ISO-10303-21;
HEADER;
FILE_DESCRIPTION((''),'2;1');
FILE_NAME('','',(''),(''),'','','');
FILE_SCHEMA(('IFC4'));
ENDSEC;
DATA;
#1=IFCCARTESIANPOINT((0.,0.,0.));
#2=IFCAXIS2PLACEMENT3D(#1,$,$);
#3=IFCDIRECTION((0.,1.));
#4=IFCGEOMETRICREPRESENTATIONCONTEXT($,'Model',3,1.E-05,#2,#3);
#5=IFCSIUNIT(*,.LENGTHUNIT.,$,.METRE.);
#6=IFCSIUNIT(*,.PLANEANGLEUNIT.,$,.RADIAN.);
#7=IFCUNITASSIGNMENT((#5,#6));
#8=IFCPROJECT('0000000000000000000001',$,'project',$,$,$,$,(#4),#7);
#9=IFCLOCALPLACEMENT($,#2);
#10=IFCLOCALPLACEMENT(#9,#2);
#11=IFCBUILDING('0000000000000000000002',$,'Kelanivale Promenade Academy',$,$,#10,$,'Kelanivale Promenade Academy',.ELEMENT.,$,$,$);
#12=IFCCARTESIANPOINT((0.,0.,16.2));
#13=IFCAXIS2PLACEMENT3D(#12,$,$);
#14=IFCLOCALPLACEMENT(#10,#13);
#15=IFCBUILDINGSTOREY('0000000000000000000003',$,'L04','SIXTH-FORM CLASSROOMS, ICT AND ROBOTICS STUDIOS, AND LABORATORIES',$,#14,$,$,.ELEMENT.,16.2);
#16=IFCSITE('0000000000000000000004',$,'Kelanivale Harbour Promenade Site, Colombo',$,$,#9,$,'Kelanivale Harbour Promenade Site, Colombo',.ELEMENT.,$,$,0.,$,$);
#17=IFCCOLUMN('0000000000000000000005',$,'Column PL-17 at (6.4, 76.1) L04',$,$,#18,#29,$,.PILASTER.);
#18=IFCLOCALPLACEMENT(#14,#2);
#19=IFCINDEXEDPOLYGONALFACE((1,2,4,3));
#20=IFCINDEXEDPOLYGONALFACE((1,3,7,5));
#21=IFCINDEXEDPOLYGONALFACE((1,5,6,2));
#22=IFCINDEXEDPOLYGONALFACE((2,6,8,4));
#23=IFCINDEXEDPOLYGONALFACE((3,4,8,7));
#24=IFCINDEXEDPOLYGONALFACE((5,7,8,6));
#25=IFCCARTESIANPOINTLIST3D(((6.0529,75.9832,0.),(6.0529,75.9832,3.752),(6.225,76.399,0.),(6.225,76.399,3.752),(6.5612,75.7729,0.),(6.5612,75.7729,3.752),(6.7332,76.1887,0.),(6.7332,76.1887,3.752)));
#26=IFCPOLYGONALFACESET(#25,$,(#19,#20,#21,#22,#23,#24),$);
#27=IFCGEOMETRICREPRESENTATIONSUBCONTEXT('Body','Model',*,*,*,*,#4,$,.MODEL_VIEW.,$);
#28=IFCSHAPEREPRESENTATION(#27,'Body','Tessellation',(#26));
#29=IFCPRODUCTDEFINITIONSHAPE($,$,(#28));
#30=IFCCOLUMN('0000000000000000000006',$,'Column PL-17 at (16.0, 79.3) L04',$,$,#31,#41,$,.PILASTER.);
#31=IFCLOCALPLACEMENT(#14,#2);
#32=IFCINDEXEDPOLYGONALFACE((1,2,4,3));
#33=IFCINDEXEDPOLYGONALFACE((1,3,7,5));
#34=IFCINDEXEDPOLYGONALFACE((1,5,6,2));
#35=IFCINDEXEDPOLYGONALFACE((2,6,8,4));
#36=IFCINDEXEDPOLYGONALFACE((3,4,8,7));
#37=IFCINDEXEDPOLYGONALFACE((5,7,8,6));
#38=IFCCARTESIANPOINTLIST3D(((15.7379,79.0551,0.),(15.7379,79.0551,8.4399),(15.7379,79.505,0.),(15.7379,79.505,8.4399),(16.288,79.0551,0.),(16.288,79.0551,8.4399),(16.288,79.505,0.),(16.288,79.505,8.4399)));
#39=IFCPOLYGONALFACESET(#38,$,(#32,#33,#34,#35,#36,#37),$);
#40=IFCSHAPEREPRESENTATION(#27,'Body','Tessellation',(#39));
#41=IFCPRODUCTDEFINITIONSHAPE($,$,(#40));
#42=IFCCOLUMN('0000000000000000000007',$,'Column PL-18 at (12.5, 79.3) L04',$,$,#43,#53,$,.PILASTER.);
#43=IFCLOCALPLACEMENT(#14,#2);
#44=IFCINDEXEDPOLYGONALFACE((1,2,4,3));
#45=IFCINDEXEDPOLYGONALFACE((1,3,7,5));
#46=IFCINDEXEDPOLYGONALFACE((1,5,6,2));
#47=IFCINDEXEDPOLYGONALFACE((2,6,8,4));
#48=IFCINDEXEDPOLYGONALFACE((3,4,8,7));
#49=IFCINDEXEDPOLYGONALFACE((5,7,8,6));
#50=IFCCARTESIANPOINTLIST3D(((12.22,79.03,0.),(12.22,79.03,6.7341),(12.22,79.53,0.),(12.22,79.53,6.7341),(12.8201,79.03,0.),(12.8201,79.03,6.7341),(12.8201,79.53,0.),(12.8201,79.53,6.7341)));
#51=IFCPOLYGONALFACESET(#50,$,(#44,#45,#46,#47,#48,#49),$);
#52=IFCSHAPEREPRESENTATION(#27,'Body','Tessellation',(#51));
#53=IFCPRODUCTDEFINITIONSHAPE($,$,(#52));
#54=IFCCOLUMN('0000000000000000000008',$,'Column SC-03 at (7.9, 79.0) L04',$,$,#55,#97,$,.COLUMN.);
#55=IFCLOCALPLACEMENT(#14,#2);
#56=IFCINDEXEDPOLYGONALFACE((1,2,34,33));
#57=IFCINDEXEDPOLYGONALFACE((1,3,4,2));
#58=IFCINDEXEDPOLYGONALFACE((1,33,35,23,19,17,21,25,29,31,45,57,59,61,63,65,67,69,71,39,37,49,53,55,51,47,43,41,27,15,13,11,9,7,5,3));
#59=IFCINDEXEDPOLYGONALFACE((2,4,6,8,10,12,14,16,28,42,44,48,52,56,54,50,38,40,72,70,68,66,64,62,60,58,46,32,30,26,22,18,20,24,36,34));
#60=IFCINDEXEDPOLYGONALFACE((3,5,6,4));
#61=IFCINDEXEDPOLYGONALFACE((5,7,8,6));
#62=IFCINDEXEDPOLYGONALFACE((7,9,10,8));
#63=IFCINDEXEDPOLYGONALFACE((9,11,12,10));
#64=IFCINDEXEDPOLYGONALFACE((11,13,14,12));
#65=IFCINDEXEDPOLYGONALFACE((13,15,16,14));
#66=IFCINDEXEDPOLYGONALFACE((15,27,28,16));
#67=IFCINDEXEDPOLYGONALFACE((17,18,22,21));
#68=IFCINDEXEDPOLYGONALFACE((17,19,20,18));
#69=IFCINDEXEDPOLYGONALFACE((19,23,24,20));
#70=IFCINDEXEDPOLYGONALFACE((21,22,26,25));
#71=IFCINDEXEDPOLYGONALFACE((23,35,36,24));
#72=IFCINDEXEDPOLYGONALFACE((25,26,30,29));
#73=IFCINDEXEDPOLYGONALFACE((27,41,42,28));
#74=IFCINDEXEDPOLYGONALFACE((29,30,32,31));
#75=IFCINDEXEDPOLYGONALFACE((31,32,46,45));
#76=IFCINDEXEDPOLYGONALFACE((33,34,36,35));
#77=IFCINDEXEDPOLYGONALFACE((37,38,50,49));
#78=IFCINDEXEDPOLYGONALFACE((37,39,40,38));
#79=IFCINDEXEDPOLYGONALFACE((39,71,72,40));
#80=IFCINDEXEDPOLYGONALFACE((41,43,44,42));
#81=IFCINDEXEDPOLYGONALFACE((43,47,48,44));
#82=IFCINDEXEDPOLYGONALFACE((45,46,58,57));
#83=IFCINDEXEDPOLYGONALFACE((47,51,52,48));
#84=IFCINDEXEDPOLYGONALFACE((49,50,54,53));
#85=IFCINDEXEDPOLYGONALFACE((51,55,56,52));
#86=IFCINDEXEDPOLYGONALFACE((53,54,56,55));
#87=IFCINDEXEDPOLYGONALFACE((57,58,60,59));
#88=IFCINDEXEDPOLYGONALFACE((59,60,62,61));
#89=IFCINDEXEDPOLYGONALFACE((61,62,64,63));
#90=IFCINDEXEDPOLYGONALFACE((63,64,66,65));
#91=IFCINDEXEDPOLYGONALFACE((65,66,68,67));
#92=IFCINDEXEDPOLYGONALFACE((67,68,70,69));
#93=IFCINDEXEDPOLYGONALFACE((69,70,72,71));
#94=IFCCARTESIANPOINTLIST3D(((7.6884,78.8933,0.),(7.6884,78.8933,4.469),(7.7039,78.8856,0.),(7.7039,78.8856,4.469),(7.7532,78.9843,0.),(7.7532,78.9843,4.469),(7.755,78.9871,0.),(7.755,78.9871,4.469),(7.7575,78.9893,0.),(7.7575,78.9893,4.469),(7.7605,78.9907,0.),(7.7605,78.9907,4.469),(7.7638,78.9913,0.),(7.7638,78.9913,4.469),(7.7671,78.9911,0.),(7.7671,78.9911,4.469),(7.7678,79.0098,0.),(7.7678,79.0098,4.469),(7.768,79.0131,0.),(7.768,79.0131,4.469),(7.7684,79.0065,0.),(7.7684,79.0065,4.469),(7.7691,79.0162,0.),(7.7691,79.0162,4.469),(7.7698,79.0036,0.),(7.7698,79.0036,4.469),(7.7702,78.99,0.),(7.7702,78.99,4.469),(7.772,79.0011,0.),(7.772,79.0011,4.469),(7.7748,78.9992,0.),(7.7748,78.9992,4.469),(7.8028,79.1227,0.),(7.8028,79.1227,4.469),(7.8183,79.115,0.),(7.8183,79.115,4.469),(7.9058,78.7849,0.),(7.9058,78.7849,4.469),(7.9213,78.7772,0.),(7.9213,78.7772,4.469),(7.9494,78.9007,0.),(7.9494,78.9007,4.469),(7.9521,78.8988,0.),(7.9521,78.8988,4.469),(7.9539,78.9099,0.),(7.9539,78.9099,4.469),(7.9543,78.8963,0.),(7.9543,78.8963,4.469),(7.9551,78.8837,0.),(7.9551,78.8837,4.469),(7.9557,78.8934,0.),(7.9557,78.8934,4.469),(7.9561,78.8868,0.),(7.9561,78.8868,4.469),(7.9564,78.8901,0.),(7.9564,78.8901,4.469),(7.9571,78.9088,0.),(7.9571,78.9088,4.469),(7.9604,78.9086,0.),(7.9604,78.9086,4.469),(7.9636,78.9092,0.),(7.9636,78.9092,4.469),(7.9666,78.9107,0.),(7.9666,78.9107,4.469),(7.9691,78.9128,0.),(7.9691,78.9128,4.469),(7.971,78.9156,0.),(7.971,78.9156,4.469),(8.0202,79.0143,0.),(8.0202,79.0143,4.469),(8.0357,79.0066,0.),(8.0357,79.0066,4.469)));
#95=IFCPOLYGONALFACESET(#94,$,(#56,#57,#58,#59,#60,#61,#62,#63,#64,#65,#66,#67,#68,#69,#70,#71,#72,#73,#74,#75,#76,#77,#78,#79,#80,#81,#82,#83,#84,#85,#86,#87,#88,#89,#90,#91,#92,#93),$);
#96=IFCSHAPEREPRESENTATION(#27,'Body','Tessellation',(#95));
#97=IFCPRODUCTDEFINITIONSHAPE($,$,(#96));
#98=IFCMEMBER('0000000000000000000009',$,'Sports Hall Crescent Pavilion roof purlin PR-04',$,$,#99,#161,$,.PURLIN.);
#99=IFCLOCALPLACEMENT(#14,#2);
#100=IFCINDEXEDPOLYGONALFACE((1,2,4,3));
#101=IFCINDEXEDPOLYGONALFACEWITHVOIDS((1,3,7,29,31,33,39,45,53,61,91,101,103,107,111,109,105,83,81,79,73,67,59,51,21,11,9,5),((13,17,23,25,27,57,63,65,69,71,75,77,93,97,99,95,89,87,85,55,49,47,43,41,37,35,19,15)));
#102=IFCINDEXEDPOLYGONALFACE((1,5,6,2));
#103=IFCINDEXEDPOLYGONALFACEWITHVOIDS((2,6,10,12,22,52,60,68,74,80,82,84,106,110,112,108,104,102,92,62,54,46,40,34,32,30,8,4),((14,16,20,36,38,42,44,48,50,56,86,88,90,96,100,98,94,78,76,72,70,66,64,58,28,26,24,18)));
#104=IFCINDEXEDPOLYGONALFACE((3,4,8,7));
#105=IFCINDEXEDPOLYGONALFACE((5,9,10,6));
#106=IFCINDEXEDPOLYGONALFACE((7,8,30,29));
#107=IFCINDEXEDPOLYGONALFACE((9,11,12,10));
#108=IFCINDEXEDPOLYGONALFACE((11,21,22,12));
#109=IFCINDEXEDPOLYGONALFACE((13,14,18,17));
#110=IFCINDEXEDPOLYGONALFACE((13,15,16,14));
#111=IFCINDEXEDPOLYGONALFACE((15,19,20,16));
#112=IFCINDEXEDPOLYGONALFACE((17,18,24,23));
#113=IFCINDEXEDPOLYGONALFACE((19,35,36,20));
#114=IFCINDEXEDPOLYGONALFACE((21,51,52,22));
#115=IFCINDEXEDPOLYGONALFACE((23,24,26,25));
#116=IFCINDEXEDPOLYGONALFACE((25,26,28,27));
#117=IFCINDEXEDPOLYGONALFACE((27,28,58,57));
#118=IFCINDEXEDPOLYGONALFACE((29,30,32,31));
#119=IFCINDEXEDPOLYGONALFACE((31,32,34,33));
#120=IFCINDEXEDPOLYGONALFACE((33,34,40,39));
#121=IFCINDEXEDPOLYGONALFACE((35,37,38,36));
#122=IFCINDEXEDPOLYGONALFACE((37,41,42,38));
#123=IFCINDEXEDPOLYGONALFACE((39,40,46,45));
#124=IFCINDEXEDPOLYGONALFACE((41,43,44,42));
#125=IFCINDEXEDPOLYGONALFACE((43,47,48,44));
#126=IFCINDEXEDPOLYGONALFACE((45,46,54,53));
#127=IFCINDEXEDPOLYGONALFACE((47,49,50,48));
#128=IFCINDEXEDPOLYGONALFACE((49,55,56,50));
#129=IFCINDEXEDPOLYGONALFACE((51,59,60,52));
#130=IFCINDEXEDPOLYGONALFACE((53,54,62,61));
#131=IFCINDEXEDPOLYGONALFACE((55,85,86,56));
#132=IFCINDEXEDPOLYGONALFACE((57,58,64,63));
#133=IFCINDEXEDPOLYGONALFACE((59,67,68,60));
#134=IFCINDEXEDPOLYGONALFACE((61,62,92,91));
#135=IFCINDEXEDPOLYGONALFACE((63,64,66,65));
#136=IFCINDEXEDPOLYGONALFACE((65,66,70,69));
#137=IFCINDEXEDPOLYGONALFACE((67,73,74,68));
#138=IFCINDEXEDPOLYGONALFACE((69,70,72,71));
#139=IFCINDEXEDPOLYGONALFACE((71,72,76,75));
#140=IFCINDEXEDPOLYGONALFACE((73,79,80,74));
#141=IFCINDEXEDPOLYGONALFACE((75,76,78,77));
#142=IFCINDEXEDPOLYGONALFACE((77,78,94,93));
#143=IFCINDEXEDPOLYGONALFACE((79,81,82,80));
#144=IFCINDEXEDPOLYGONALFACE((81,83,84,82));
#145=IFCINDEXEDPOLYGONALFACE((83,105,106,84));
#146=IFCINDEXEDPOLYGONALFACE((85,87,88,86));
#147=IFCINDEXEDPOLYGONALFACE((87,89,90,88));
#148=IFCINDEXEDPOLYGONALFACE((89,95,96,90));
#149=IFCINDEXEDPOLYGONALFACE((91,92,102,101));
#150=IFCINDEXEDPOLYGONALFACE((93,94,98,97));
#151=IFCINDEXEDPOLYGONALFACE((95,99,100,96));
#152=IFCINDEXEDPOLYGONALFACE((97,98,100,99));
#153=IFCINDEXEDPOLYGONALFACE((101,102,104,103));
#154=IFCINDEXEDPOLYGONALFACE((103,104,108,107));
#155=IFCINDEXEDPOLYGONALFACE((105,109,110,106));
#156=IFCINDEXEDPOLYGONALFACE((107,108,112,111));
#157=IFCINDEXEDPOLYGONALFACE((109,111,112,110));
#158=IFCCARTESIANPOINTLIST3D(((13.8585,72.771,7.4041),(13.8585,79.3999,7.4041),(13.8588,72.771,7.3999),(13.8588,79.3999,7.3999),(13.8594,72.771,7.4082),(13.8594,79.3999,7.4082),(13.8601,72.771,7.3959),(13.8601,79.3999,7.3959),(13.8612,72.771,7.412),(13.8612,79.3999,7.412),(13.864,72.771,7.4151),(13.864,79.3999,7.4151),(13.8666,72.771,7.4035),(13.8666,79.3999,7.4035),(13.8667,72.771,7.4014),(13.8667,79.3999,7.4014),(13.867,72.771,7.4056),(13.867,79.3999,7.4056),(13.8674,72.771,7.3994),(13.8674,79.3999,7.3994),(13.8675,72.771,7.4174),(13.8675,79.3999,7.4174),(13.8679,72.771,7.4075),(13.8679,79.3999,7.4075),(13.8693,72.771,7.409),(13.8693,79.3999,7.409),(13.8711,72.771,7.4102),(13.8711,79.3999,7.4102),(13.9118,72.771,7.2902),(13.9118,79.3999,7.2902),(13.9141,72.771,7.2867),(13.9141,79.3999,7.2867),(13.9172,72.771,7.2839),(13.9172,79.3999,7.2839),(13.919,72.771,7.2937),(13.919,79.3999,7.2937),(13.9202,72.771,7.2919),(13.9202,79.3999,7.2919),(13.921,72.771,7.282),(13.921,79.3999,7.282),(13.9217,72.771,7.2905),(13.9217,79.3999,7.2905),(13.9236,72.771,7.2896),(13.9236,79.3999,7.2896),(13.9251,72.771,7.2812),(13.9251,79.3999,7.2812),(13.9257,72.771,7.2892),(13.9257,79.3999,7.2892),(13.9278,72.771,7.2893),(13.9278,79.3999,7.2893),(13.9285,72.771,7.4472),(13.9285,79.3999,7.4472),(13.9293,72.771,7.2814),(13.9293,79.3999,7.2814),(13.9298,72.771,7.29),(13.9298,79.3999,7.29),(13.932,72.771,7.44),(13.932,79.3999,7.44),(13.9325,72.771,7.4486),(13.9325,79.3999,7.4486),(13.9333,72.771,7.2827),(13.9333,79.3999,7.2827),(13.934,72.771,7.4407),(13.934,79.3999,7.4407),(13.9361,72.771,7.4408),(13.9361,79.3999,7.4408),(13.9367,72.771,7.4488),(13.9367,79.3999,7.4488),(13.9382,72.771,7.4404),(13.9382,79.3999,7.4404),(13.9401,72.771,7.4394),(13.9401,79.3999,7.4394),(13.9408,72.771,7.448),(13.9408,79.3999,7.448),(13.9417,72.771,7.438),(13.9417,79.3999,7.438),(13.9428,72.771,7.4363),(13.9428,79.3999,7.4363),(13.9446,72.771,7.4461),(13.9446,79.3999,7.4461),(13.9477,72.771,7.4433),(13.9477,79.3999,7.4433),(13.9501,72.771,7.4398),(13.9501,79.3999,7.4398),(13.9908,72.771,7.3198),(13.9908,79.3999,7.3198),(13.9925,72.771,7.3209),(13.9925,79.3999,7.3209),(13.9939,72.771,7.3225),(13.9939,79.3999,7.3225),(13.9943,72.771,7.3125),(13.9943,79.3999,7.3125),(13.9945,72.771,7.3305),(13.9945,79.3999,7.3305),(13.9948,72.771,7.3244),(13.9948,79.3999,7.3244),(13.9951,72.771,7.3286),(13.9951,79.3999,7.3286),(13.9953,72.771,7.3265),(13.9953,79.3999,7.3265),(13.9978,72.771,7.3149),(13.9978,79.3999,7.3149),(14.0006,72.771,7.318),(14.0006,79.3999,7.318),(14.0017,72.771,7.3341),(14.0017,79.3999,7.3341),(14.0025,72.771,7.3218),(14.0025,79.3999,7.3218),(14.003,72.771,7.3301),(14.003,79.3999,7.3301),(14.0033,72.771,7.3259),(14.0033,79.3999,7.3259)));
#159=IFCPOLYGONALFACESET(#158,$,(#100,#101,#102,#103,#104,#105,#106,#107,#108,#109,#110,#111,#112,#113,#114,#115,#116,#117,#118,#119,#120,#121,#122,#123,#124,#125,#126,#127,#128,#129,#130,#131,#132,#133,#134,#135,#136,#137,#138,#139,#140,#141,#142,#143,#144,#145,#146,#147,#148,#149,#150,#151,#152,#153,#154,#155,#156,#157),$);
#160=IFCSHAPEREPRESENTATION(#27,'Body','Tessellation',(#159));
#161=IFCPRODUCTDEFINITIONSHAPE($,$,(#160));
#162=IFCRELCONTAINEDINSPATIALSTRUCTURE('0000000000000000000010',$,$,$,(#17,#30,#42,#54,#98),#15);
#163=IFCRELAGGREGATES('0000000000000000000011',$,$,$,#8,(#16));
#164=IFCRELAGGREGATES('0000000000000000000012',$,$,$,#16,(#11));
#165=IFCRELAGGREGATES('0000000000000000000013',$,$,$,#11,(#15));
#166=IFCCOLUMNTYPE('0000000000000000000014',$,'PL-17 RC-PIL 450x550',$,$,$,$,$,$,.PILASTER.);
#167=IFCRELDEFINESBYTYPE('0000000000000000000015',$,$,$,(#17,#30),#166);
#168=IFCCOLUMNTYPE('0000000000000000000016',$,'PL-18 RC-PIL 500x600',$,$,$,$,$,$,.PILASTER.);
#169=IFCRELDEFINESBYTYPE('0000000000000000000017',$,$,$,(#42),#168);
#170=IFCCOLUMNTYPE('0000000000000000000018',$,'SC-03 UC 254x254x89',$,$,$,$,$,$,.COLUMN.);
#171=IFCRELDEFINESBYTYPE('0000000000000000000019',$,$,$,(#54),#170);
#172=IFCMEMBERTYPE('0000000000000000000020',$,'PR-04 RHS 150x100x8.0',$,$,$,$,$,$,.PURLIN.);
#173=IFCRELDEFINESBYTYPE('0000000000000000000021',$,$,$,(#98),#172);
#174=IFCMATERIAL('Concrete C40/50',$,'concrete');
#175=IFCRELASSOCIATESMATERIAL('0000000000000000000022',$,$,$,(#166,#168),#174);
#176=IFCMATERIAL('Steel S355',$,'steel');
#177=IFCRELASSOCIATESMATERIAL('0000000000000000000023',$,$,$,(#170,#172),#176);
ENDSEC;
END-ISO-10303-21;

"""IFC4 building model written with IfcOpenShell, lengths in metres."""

from ifc_helpers import new_model, si_unit, direction, frame, origin, origin_2d, place, context, subcontext, project, spatial, rectangle, hollow_rectangle, i_section, extrude, material, material_profile, profile_set, type_object, element, save


model = new_model("IFC4")

# Units and contexts
model_context = context("Model", 3, precision=1e-05, world=origin(), true_north=direction((0.0, 1.0)))
body_context = subcontext(model_context, "Body", "Model", "MODEL_VIEW")
ifc_project = project(units=[si_unit("LENGTHUNIT", "METRE"), si_unit("PLANEANGLEUNIT", "RADIAN")], contexts=[model_context])

# Site, building, storey
site_placement = place(None, origin())
site = spatial("IfcSite", under=ifc_project, at=site_placement, Name="Kelanivale Harbour Promenade Site, Colombo", LongName="Kelanivale Harbour Promenade Site, Colombo", CompositionType="ELEMENT", RefElevation=0.0)
building_placement = place(site_placement, origin())
building = spatial("IfcBuilding", under=site, at=building_placement, Name="Kelanivale Promenade Academy", LongName="Kelanivale Promenade Academy", CompositionType="ELEMENT")
storey_placement = place(building_placement, frame((0.0, 0.0, 16.2)))
storey = spatial("IfcBuildingStorey", under=building, at=storey_placement, Name="L04", Description="SIXTH-FORM CLASSROOMS, ICT AND ROBOTICS STUDIOS, AND LABORATORIES", CompositionType="ELEMENT", Elevation=16.2)

# Columns
ifc_material_1 = material(Name="Concrete C40/50", Category="concrete")
ifc_material_profile_1 = material_profile(ifc_material_1, rectangle(XDim=0.45, YDim=0.55, at=origin_2d()), Name="RC-PIL 450x550")
ifc_profile_set_1 = profile_set([ifc_material_profile_1], Name="Concrete C40/50")
column_type_1 = type_object("IfcColumnType", Name="PL-17 RC-PIL 450x550", PredefinedType="PILASTER", material=ifc_profile_set_1)
column_1_placement = place(storey_placement, frame((6.3931, 76.0859, 0.0), z_axis=(0.0, 0.0, 1.0), x_axis=(0.382361, 0.924013, 0.0)))
element("IfcColumn", 1, at=column_1_placement, inside=storey, type_object=column_type_1, Name="Column PL-17 at (6.4, 76.1) L04", PredefinedType="PILASTER", context=body_context, shape_type="SweptSolid", body=[
    extrude(rectangle(XDim=0.45, YDim=0.55, at=origin_2d()), origin(), (0.0, 0.0, 1.0), 3.752),
])
column_2_placement = place(storey_placement, frame((16.0129, 79.28, 0.0), z_axis=(0.0, 0.0, 1.0), x_axis=(0.0, 1.0, 0.0)))
element("IfcColumn", 2, at=column_2_placement, inside=storey, type_object=column_type_1, Name="Column PL-17 at (16.0, 79.3) L04", PredefinedType="PILASTER", context=body_context, shape_type="SweptSolid", body=[
    extrude(rectangle(XDim=0.45, YDim=0.55, at=origin_2d()), origin(), (0.0, 0.0, 1.0), 8.4399),
])
ifc_material_profile_2 = material_profile(ifc_material_1, rectangle(XDim=0.5, YDim=0.6001, at=origin_2d()), Name="RC-PIL 500x600")
ifc_profile_set_2 = profile_set([ifc_material_profile_2], Name="Concrete C40/50")
column_type_2 = type_object("IfcColumnType", Name="PL-18 RC-PIL 500x600", PredefinedType="PILASTER", material=ifc_profile_set_2)
column_3_placement = place(storey_placement, frame((12.52, 79.28, 0.0), z_axis=(0.0, 0.0, 1.0), x_axis=(0.0, 1.0, 0.0)))
element("IfcColumn", 3, at=column_3_placement, inside=storey, type_object=column_type_2, Name="Column PL-18 at (12.5, 79.3) L04", PredefinedType="PILASTER", context=body_context, shape_type="SweptSolid", body=[
    extrude(rectangle(XDim=0.5, YDim=0.6001, at=origin_2d()), origin(), (0.0, 0.0, 1.0), 6.7341),
])
ifc_material_2 = material(Name="Steel S355", Category="steel")
ifc_material_profile_3 = material_profile(ifc_material_2, i_section(OverallWidth=0.2563, OverallDepth=0.2603, WebThickness=0.0103, FlangeThickness=0.0173, FilletRadius=0.0127, at=origin_2d()), Name="UC 254x254x89")
ifc_profile_set_3 = profile_set([ifc_material_profile_3], Name="Steel S355")
column_type_3 = type_object("IfcColumnType", Name="SC-03 UC 254x254x89", PredefinedType="COLUMN", material=ifc_profile_set_3)
column_4_placement = place(storey_placement, frame((7.8621, 78.95, 0.0), z_axis=(0.0, 0.0, 1.0), x_axis=(0.446198, 0.894934, 0.0)))
element("IfcColumn", 4, at=column_4_placement, inside=storey, type_object=column_type_3, Name="Column SC-03 at (7.9, 79.0) L04", PredefinedType="COLUMN", context=body_context, shape_type="SweptSolid", body=[
    extrude(i_section(OverallWidth=0.2563, OverallDepth=0.2603, WebThickness=0.0103, FlangeThickness=0.0173, FilletRadius=0.0127, at=origin_2d()), origin(), (0.0, 0.0, 1.0), 4.469),
])

# Member
ifc_material_profile_4 = material_profile(ifc_material_2, hollow_rectangle(XDim=0.1001, YDim=0.1499, WallThickness=0.0081, InnerFilletRadius=0.0081, OuterFilletRadius=0.0161, at=origin_2d()), Name="RHS 150x100x8.0")
ifc_profile_set_4 = profile_set([ifc_material_profile_4], Name="Steel S355")
member_type_1 = type_object("IfcMemberType", Name="PR-04 RHS 150x100x8.0", PredefinedType="PURLIN", material=ifc_profile_set_4)
member_1_placement = place(storey_placement, frame((13.9309, 72.771, 7.365), z_axis=(0.0, 1.0, 0.0), x_axis=(-0.898564, 0.0, -0.438842)))
element("IfcMember", 5, at=member_1_placement, inside=storey, type_object=member_type_1, Name="Sports Hall Crescent Pavilion roof purlin PR-04", PredefinedType="PURLIN", context=body_context, shape_type="SweptSolid", body=[
    extrude(hollow_rectangle(XDim=0.1001, YDim=0.1499, WallThickness=0.0081, InnerFilletRadius=0.0081, OuterFilletRadius=0.0161, at=origin_2d()), origin(), (0.0, 0.0, 1.0), 6.6289),
])

save(model, "model.ifc")
